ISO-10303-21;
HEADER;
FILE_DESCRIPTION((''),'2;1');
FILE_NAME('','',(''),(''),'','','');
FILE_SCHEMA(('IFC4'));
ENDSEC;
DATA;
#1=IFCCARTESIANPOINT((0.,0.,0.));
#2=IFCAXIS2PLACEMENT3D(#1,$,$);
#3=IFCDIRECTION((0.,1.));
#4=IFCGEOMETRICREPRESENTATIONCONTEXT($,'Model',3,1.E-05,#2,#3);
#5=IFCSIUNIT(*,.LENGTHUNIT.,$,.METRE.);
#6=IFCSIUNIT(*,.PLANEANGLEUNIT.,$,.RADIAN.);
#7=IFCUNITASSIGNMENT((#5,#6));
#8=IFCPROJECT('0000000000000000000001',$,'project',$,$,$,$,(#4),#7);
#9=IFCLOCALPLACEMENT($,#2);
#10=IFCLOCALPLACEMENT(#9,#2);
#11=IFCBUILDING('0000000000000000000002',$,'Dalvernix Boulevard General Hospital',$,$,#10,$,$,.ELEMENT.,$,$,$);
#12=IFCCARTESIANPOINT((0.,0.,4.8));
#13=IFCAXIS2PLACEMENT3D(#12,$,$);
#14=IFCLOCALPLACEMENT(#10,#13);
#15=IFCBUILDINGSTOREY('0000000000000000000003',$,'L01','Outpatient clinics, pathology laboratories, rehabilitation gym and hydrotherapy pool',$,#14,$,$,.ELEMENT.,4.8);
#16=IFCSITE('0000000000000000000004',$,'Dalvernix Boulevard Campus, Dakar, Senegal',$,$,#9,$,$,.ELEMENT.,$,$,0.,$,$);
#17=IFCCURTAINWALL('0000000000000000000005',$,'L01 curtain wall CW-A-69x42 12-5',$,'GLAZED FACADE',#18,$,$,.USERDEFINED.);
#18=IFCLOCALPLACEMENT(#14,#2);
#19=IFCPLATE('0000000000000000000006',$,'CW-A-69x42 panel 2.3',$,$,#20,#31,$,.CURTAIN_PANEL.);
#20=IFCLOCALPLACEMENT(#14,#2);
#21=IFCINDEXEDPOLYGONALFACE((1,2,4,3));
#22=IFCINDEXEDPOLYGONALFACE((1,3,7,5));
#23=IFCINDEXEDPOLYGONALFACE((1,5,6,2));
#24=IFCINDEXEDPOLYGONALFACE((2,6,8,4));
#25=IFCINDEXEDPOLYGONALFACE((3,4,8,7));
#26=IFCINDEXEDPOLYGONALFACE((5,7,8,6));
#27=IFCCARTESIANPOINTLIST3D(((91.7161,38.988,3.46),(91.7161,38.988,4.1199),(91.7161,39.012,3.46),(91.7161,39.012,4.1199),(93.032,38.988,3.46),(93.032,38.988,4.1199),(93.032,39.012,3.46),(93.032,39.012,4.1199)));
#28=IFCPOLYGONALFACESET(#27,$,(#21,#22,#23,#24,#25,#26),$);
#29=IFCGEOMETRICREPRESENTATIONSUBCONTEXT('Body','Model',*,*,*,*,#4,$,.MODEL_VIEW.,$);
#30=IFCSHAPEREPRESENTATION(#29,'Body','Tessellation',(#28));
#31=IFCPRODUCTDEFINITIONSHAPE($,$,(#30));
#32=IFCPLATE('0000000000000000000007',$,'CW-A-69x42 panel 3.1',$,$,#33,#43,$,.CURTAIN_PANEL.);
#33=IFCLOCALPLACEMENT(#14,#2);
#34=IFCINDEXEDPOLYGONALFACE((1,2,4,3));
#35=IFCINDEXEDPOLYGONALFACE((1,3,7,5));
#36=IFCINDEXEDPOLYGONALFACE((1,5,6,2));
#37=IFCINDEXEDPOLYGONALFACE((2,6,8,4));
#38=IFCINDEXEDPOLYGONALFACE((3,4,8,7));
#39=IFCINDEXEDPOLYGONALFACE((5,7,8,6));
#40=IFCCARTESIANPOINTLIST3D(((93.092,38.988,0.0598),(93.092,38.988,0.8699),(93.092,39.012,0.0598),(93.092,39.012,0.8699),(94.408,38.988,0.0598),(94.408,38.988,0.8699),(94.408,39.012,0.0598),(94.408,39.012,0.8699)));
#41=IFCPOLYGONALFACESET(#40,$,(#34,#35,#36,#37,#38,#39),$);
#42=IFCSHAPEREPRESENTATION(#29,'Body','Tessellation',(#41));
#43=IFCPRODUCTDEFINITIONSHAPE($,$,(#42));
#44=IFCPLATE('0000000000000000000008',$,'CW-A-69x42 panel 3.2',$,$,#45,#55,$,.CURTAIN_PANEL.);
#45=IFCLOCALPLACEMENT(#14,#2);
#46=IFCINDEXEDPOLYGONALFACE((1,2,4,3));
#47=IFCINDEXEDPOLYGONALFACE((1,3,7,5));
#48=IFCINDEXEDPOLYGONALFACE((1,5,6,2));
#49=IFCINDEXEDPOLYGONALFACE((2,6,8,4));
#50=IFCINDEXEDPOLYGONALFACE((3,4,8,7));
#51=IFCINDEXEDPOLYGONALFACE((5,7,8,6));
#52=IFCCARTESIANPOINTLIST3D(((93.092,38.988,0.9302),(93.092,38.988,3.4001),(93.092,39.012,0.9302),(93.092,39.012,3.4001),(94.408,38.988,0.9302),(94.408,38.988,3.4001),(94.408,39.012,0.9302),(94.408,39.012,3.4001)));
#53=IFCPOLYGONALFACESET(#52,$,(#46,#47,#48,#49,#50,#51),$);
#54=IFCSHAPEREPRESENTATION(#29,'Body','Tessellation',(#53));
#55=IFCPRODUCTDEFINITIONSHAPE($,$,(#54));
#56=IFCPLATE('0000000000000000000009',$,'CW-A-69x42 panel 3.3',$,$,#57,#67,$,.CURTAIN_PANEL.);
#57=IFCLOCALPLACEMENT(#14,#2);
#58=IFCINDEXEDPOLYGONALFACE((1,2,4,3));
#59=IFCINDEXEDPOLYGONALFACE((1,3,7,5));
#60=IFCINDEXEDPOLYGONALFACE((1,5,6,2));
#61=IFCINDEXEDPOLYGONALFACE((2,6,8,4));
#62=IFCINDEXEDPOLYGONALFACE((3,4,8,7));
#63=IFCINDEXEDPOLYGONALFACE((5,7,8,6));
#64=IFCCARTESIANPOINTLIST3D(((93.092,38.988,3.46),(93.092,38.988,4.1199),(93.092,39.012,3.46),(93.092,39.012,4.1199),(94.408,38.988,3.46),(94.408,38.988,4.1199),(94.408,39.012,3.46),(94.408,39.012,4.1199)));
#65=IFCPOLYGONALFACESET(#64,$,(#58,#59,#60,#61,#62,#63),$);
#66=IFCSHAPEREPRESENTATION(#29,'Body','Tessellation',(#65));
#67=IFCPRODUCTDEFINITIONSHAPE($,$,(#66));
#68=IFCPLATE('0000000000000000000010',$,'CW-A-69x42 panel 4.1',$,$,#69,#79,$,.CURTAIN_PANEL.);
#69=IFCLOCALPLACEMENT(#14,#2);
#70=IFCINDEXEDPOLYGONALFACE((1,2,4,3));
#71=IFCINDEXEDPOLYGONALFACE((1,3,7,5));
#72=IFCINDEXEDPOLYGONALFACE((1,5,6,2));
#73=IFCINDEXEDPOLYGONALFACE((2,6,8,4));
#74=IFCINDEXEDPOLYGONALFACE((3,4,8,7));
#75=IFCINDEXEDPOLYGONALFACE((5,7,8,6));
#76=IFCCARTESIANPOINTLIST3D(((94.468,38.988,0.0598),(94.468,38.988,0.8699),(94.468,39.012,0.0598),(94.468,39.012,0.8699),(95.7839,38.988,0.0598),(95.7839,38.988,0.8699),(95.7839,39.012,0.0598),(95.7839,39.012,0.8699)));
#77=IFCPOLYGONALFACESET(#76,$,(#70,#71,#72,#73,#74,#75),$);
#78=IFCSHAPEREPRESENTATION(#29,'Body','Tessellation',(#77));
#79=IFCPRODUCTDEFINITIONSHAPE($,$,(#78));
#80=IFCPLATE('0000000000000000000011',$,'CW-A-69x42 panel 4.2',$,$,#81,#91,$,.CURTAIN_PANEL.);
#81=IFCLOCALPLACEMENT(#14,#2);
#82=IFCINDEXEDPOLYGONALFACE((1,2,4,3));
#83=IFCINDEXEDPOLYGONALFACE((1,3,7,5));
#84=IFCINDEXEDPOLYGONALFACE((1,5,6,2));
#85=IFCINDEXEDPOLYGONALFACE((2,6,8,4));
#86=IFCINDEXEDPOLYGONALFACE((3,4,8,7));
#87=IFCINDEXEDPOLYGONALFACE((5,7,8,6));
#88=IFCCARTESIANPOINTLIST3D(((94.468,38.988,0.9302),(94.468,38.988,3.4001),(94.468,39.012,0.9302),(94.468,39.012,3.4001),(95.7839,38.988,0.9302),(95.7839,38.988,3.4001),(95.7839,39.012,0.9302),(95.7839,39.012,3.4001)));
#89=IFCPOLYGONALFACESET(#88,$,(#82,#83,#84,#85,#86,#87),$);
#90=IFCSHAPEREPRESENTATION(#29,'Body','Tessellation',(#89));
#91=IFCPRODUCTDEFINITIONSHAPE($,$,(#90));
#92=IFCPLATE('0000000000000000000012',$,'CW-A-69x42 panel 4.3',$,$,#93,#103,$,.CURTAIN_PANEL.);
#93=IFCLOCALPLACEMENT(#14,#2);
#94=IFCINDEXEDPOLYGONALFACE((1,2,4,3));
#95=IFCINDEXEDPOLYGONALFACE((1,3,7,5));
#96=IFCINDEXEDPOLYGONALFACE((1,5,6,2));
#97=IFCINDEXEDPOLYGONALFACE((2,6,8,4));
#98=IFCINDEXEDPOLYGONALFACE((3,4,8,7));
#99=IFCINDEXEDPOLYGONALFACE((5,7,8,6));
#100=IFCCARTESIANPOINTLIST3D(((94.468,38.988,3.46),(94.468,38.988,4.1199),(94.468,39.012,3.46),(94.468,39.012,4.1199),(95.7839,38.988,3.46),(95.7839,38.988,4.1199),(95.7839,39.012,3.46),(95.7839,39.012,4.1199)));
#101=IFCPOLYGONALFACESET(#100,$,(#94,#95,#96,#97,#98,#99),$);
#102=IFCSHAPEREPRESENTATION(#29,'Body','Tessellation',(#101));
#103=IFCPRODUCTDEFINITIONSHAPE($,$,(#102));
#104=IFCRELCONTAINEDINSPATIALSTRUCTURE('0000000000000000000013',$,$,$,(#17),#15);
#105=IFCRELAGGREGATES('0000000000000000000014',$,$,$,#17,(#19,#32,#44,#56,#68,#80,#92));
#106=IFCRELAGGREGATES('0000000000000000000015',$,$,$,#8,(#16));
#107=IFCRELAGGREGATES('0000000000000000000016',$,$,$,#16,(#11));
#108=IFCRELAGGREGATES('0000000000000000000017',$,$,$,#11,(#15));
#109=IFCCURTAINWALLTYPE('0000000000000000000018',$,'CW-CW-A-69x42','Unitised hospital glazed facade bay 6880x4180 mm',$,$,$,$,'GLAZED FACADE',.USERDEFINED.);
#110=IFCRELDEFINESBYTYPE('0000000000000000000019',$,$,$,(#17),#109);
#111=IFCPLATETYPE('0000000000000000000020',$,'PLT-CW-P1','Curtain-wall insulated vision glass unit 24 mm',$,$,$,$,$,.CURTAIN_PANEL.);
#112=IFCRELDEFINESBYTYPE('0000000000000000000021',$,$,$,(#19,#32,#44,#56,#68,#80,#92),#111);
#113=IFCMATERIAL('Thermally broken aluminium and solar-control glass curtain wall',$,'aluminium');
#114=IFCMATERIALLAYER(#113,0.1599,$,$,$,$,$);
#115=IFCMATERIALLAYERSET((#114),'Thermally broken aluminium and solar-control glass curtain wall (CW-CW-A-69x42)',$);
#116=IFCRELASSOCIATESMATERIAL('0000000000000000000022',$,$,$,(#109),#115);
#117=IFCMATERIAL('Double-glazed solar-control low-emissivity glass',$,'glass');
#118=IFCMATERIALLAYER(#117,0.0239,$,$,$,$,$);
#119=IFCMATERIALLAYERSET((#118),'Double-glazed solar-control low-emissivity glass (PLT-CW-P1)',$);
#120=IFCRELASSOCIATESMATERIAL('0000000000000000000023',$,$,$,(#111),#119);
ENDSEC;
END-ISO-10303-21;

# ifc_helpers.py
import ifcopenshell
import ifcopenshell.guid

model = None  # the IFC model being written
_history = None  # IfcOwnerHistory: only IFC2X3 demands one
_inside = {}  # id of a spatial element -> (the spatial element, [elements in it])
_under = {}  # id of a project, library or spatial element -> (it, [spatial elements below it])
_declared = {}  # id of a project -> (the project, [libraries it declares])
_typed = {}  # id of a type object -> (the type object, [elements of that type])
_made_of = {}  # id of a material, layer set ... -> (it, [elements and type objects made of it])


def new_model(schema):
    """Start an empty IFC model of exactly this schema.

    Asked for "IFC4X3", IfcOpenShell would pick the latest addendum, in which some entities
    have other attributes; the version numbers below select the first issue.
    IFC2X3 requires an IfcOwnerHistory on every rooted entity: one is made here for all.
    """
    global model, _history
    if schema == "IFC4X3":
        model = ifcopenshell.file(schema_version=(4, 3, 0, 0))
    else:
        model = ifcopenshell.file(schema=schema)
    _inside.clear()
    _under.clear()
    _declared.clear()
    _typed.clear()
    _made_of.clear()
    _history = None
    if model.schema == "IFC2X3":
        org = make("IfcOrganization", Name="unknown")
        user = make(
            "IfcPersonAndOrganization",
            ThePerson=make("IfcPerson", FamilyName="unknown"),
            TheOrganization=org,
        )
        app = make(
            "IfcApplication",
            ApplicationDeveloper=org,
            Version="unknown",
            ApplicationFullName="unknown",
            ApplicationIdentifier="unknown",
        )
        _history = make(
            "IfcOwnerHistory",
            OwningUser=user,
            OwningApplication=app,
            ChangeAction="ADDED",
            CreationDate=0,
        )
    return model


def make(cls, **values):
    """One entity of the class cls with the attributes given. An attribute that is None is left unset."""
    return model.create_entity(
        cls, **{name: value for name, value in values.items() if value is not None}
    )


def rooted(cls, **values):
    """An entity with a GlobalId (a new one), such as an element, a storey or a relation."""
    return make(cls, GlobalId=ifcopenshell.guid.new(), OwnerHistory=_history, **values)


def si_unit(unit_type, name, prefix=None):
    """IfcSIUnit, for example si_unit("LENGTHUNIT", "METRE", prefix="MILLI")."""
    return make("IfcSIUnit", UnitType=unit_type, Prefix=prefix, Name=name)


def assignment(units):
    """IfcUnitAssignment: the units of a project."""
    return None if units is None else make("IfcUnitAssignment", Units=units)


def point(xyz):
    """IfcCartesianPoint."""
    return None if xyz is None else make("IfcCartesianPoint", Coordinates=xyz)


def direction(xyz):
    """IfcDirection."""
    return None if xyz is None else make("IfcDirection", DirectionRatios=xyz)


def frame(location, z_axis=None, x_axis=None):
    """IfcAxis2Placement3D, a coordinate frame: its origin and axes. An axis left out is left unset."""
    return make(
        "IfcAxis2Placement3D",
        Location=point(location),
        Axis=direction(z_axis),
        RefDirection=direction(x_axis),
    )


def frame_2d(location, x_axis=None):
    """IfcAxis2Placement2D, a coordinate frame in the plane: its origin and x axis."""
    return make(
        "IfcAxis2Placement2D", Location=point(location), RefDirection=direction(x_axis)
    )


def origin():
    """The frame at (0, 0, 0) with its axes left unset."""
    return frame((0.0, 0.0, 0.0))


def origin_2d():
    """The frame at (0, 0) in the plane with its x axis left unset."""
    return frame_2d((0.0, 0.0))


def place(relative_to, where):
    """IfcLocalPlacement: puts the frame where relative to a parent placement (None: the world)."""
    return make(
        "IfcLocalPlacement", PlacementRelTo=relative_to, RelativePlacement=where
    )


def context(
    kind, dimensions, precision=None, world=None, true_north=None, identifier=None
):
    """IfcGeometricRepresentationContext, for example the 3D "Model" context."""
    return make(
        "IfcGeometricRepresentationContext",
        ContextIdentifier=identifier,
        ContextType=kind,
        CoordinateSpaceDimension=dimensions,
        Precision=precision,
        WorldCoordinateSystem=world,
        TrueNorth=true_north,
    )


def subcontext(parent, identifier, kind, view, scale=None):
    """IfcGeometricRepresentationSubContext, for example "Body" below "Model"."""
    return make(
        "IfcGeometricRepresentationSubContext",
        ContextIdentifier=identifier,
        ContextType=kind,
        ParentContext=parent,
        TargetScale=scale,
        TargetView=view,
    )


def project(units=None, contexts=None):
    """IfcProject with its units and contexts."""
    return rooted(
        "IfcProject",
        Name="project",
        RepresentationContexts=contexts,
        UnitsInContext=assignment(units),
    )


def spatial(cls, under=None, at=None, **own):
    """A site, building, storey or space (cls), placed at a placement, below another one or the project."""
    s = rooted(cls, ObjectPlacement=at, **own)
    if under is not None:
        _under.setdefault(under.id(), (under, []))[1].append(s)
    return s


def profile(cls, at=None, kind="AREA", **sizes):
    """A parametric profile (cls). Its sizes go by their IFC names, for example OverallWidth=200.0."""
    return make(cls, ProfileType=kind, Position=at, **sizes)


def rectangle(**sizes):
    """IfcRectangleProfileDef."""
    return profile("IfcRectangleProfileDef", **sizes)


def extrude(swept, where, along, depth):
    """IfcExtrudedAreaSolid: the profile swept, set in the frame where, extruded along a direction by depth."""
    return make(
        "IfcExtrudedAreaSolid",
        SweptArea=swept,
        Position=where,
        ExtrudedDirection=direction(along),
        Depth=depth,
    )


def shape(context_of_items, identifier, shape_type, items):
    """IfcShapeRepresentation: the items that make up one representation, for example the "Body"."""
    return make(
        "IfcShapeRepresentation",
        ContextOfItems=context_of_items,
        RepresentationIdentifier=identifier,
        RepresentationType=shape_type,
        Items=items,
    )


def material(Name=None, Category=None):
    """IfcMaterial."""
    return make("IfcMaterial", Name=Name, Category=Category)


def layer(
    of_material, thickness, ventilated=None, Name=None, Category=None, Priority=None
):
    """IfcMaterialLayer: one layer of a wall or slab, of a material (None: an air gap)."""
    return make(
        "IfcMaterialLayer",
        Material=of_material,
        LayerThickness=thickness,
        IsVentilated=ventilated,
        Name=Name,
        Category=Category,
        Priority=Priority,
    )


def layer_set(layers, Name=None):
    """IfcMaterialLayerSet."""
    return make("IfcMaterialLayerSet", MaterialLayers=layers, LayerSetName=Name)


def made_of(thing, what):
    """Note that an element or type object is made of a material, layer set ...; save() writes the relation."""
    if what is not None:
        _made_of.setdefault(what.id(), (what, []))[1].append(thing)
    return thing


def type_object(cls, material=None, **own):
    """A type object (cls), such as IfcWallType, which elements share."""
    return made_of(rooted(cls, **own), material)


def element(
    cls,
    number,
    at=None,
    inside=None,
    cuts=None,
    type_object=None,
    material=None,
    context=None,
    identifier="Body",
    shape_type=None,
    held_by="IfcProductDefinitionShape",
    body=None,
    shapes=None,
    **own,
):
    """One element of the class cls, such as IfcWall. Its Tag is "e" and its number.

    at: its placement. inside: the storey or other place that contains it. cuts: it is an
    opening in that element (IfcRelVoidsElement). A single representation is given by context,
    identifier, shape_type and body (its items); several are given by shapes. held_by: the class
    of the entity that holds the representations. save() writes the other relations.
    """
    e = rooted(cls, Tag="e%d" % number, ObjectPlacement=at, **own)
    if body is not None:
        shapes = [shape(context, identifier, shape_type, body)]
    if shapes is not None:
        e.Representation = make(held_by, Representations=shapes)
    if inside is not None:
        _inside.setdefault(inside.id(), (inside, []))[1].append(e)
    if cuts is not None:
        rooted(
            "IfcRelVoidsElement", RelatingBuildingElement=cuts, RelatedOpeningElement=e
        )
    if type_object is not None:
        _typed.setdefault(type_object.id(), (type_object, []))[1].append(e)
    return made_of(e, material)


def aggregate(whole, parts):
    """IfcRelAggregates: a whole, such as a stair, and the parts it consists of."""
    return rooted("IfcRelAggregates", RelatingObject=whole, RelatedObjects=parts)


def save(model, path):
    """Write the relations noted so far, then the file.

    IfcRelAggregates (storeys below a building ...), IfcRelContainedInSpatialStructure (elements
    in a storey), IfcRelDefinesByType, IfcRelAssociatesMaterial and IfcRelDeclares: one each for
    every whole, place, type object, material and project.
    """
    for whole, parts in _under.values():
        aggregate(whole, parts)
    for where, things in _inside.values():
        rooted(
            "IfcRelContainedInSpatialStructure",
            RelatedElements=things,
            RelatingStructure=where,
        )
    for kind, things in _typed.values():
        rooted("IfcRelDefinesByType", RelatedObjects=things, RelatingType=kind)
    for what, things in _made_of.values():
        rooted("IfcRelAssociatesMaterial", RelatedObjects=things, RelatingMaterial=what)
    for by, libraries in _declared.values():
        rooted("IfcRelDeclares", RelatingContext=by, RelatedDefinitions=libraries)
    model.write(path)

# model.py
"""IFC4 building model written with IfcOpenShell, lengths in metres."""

from ifc_helpers import new_model, si_unit, direction, frame, origin, origin_2d, place, context, subcontext, project, spatial, rectangle, extrude, material, layer, layer_set, type_object, element, aggregate, save


model = new_model("IFC4")

# Units and contexts
model_context = context("Model", 3, precision=1e-05, world=origin(), true_north=direction((0.0, 1.0)))
body_context = subcontext(model_context, "Body", "Model", "MODEL_VIEW")
ifc_project = project(units=[si_unit("LENGTHUNIT", "METRE"), si_unit("PLANEANGLEUNIT", "RADIAN")], contexts=[model_context])

# Site, building, storey
site_placement = place(None, origin())
site = spatial("IfcSite", under=ifc_project, at=site_placement, Name="Dalvernix Boulevard Campus, Dakar, Senegal", CompositionType="ELEMENT", RefElevation=0.0)
building_placement = place(site_placement, origin())
building = spatial("IfcBuilding", under=site, at=building_placement, Name="Dalvernix Boulevard General Hospital", CompositionType="ELEMENT")
storey_placement = place(building_placement, frame((0.0, 0.0, 4.8)))
storey = spatial("IfcBuildingStorey", under=building, at=storey_placement, Name="L01", Description="Outpatient clinics, pathology laboratories, rehabilitation gym and hydrotherapy pool", CompositionType="ELEMENT", Elevation=4.8)

# Curtain wall, plates
ifc_material_1 = material(Name="Thermally broken aluminium and solar-control glass curtain wall", Category="aluminium")
ifc_layer_1 = layer(ifc_material_1, 0.1599)
ifc_layer_set_1 = layer_set([ifc_layer_1], Name="Thermally broken aluminium and solar-control glass curtain wall (CW-CW-A-69x42)")
curtain_wall_type = type_object("IfcCurtainWallType", Name="CW-CW-A-69x42", Description="Unitised hospital glazed facade bay 6880x4180 mm", ElementType="GLAZED FACADE", PredefinedType="USERDEFINED", material=ifc_layer_set_1)
curtain_wall_placement = place(storey_placement, origin())
curtain_wall = element("IfcCurtainWall", 1, at=curtain_wall_placement, inside=storey, type_object=curtain_wall_type, Name="L01 curtain wall CW-A-69x42 12-5", ObjectType="GLAZED FACADE", PredefinedType="USERDEFINED")
ifc_material_2 = material(Name="Double-glazed solar-control low-emissivity glass", Category="glass")
ifc_layer_2 = layer(ifc_material_2, 0.0239)
ifc_layer_set_2 = layer_set([ifc_layer_2], Name="Double-glazed solar-control low-emissivity glass (PLT-CW-P1)")
plate_type = type_object("IfcPlateType", Name="PLT-CW-P1", Description="Curtain-wall insulated vision glass unit 24 mm", PredefinedType="CURTAIN_PANEL", material=ifc_layer_set_2)
plate_1_placement = place(storey_placement, frame((92.374, 39.0, 3.46), z_axis=(0.0, 0.0, 1.0), x_axis=(1.0, 0.0, 0.0)))
plate_1 = element("IfcPlate", 2, at=plate_1_placement, type_object=plate_type, Name="CW-A-69x42 panel 2.3", PredefinedType="CURTAIN_PANEL", context=body_context, shape_type="SweptSolid", body=[
    extrude(rectangle(XDim=1.3159, YDim=0.0239, at=origin_2d()), origin(), (0.0, 0.0, 1.0), 0.6599),
])
plate_2_placement = place(storey_placement, frame((93.75, 39.0, 0.0598), z_axis=(0.0, 0.0, 1.0), x_axis=(1.0, 0.0, 0.0)))
plate_2 = element("IfcPlate", 3, at=plate_2_placement, type_object=plate_type, Name="CW-A-69x42 panel 3.1", PredefinedType="CURTAIN_PANEL", context=body_context, shape_type="SweptSolid", body=[
    extrude(rectangle(XDim=1.3159, YDim=0.0239, at=origin_2d()), origin(), (0.0, 0.0, 1.0), 0.8101),
])
plate_3_placement = place(storey_placement, frame((93.75, 39.0, 0.9302), z_axis=(0.0, 0.0, 1.0), x_axis=(1.0, 0.0, 0.0)))
plate_3 = element("IfcPlate", 4, at=plate_3_placement, type_object=plate_type, Name="CW-A-69x42 panel 3.2", PredefinedType="CURTAIN_PANEL", context=body_context, shape_type="SweptSolid", body=[
    extrude(rectangle(XDim=1.3159, YDim=0.0239, at=origin_2d()), origin(), (0.0, 0.0, 1.0), 2.47),
])
plate_4_placement = place(storey_placement, frame((93.75, 39.0, 3.46), z_axis=(0.0, 0.0, 1.0), x_axis=(1.0, 0.0, 0.0)))
plate_4 = element("IfcPlate", 5, at=plate_4_placement, type_object=plate_type, Name="CW-A-69x42 panel 3.3", PredefinedType="CURTAIN_PANEL", context=body_context, shape_type="SweptSolid", body=[
    extrude(rectangle(XDim=1.3159, YDim=0.0239, at=origin_2d()), origin(), (0.0, 0.0, 1.0), 0.6599),
])
plate_5_placement = place(storey_placement, frame((95.126, 39.0, 0.0598), z_axis=(0.0, 0.0, 1.0), x_axis=(1.0, 0.0, 0.0)))
plate_5 = element("IfcPlate", 6, at=plate_5_placement, type_object=plate_type, Name="CW-A-69x42 panel 4.1", PredefinedType="CURTAIN_PANEL", context=body_context, shape_type="SweptSolid", body=[
    extrude(rectangle(XDim=1.3159, YDim=0.0239, at=origin_2d()), origin(), (0.0, 0.0, 1.0), 0.8101),
])
plate_6_placement = place(storey_placement, frame((95.126, 39.0, 0.9302), z_axis=(0.0, 0.0, 1.0), x_axis=(1.0, 0.0, 0.0)))
plate_6 = element("IfcPlate", 7, at=plate_6_placement, type_object=plate_type, Name="CW-A-69x42 panel 4.2", PredefinedType="CURTAIN_PANEL", context=body_context, shape_type="SweptSolid", body=[
    extrude(rectangle(XDim=1.3159, YDim=0.0239, at=origin_2d()), origin(), (0.0, 0.0, 1.0), 2.47),
])
plate_7_placement = place(storey_placement, frame((95.126, 39.0, 3.46), z_axis=(0.0, 0.0, 1.0), x_axis=(1.0, 0.0, 0.0)))
plate_7 = element("IfcPlate", 8, at=plate_7_placement, type_object=plate_type, Name="CW-A-69x42 panel 4.3", PredefinedType="CURTAIN_PANEL", context=body_context, shape_type="SweptSolid", body=[
    extrude(rectangle(XDim=1.3159, YDim=0.0239, at=origin_2d()), origin(), (0.0, 0.0, 1.0), 0.6599),
])
aggregate(curtain_wall, [plate_1, plate_2, plate_3, plate_4, plate_5, plate_6, plate_7])

save(model, "model.ifc")
